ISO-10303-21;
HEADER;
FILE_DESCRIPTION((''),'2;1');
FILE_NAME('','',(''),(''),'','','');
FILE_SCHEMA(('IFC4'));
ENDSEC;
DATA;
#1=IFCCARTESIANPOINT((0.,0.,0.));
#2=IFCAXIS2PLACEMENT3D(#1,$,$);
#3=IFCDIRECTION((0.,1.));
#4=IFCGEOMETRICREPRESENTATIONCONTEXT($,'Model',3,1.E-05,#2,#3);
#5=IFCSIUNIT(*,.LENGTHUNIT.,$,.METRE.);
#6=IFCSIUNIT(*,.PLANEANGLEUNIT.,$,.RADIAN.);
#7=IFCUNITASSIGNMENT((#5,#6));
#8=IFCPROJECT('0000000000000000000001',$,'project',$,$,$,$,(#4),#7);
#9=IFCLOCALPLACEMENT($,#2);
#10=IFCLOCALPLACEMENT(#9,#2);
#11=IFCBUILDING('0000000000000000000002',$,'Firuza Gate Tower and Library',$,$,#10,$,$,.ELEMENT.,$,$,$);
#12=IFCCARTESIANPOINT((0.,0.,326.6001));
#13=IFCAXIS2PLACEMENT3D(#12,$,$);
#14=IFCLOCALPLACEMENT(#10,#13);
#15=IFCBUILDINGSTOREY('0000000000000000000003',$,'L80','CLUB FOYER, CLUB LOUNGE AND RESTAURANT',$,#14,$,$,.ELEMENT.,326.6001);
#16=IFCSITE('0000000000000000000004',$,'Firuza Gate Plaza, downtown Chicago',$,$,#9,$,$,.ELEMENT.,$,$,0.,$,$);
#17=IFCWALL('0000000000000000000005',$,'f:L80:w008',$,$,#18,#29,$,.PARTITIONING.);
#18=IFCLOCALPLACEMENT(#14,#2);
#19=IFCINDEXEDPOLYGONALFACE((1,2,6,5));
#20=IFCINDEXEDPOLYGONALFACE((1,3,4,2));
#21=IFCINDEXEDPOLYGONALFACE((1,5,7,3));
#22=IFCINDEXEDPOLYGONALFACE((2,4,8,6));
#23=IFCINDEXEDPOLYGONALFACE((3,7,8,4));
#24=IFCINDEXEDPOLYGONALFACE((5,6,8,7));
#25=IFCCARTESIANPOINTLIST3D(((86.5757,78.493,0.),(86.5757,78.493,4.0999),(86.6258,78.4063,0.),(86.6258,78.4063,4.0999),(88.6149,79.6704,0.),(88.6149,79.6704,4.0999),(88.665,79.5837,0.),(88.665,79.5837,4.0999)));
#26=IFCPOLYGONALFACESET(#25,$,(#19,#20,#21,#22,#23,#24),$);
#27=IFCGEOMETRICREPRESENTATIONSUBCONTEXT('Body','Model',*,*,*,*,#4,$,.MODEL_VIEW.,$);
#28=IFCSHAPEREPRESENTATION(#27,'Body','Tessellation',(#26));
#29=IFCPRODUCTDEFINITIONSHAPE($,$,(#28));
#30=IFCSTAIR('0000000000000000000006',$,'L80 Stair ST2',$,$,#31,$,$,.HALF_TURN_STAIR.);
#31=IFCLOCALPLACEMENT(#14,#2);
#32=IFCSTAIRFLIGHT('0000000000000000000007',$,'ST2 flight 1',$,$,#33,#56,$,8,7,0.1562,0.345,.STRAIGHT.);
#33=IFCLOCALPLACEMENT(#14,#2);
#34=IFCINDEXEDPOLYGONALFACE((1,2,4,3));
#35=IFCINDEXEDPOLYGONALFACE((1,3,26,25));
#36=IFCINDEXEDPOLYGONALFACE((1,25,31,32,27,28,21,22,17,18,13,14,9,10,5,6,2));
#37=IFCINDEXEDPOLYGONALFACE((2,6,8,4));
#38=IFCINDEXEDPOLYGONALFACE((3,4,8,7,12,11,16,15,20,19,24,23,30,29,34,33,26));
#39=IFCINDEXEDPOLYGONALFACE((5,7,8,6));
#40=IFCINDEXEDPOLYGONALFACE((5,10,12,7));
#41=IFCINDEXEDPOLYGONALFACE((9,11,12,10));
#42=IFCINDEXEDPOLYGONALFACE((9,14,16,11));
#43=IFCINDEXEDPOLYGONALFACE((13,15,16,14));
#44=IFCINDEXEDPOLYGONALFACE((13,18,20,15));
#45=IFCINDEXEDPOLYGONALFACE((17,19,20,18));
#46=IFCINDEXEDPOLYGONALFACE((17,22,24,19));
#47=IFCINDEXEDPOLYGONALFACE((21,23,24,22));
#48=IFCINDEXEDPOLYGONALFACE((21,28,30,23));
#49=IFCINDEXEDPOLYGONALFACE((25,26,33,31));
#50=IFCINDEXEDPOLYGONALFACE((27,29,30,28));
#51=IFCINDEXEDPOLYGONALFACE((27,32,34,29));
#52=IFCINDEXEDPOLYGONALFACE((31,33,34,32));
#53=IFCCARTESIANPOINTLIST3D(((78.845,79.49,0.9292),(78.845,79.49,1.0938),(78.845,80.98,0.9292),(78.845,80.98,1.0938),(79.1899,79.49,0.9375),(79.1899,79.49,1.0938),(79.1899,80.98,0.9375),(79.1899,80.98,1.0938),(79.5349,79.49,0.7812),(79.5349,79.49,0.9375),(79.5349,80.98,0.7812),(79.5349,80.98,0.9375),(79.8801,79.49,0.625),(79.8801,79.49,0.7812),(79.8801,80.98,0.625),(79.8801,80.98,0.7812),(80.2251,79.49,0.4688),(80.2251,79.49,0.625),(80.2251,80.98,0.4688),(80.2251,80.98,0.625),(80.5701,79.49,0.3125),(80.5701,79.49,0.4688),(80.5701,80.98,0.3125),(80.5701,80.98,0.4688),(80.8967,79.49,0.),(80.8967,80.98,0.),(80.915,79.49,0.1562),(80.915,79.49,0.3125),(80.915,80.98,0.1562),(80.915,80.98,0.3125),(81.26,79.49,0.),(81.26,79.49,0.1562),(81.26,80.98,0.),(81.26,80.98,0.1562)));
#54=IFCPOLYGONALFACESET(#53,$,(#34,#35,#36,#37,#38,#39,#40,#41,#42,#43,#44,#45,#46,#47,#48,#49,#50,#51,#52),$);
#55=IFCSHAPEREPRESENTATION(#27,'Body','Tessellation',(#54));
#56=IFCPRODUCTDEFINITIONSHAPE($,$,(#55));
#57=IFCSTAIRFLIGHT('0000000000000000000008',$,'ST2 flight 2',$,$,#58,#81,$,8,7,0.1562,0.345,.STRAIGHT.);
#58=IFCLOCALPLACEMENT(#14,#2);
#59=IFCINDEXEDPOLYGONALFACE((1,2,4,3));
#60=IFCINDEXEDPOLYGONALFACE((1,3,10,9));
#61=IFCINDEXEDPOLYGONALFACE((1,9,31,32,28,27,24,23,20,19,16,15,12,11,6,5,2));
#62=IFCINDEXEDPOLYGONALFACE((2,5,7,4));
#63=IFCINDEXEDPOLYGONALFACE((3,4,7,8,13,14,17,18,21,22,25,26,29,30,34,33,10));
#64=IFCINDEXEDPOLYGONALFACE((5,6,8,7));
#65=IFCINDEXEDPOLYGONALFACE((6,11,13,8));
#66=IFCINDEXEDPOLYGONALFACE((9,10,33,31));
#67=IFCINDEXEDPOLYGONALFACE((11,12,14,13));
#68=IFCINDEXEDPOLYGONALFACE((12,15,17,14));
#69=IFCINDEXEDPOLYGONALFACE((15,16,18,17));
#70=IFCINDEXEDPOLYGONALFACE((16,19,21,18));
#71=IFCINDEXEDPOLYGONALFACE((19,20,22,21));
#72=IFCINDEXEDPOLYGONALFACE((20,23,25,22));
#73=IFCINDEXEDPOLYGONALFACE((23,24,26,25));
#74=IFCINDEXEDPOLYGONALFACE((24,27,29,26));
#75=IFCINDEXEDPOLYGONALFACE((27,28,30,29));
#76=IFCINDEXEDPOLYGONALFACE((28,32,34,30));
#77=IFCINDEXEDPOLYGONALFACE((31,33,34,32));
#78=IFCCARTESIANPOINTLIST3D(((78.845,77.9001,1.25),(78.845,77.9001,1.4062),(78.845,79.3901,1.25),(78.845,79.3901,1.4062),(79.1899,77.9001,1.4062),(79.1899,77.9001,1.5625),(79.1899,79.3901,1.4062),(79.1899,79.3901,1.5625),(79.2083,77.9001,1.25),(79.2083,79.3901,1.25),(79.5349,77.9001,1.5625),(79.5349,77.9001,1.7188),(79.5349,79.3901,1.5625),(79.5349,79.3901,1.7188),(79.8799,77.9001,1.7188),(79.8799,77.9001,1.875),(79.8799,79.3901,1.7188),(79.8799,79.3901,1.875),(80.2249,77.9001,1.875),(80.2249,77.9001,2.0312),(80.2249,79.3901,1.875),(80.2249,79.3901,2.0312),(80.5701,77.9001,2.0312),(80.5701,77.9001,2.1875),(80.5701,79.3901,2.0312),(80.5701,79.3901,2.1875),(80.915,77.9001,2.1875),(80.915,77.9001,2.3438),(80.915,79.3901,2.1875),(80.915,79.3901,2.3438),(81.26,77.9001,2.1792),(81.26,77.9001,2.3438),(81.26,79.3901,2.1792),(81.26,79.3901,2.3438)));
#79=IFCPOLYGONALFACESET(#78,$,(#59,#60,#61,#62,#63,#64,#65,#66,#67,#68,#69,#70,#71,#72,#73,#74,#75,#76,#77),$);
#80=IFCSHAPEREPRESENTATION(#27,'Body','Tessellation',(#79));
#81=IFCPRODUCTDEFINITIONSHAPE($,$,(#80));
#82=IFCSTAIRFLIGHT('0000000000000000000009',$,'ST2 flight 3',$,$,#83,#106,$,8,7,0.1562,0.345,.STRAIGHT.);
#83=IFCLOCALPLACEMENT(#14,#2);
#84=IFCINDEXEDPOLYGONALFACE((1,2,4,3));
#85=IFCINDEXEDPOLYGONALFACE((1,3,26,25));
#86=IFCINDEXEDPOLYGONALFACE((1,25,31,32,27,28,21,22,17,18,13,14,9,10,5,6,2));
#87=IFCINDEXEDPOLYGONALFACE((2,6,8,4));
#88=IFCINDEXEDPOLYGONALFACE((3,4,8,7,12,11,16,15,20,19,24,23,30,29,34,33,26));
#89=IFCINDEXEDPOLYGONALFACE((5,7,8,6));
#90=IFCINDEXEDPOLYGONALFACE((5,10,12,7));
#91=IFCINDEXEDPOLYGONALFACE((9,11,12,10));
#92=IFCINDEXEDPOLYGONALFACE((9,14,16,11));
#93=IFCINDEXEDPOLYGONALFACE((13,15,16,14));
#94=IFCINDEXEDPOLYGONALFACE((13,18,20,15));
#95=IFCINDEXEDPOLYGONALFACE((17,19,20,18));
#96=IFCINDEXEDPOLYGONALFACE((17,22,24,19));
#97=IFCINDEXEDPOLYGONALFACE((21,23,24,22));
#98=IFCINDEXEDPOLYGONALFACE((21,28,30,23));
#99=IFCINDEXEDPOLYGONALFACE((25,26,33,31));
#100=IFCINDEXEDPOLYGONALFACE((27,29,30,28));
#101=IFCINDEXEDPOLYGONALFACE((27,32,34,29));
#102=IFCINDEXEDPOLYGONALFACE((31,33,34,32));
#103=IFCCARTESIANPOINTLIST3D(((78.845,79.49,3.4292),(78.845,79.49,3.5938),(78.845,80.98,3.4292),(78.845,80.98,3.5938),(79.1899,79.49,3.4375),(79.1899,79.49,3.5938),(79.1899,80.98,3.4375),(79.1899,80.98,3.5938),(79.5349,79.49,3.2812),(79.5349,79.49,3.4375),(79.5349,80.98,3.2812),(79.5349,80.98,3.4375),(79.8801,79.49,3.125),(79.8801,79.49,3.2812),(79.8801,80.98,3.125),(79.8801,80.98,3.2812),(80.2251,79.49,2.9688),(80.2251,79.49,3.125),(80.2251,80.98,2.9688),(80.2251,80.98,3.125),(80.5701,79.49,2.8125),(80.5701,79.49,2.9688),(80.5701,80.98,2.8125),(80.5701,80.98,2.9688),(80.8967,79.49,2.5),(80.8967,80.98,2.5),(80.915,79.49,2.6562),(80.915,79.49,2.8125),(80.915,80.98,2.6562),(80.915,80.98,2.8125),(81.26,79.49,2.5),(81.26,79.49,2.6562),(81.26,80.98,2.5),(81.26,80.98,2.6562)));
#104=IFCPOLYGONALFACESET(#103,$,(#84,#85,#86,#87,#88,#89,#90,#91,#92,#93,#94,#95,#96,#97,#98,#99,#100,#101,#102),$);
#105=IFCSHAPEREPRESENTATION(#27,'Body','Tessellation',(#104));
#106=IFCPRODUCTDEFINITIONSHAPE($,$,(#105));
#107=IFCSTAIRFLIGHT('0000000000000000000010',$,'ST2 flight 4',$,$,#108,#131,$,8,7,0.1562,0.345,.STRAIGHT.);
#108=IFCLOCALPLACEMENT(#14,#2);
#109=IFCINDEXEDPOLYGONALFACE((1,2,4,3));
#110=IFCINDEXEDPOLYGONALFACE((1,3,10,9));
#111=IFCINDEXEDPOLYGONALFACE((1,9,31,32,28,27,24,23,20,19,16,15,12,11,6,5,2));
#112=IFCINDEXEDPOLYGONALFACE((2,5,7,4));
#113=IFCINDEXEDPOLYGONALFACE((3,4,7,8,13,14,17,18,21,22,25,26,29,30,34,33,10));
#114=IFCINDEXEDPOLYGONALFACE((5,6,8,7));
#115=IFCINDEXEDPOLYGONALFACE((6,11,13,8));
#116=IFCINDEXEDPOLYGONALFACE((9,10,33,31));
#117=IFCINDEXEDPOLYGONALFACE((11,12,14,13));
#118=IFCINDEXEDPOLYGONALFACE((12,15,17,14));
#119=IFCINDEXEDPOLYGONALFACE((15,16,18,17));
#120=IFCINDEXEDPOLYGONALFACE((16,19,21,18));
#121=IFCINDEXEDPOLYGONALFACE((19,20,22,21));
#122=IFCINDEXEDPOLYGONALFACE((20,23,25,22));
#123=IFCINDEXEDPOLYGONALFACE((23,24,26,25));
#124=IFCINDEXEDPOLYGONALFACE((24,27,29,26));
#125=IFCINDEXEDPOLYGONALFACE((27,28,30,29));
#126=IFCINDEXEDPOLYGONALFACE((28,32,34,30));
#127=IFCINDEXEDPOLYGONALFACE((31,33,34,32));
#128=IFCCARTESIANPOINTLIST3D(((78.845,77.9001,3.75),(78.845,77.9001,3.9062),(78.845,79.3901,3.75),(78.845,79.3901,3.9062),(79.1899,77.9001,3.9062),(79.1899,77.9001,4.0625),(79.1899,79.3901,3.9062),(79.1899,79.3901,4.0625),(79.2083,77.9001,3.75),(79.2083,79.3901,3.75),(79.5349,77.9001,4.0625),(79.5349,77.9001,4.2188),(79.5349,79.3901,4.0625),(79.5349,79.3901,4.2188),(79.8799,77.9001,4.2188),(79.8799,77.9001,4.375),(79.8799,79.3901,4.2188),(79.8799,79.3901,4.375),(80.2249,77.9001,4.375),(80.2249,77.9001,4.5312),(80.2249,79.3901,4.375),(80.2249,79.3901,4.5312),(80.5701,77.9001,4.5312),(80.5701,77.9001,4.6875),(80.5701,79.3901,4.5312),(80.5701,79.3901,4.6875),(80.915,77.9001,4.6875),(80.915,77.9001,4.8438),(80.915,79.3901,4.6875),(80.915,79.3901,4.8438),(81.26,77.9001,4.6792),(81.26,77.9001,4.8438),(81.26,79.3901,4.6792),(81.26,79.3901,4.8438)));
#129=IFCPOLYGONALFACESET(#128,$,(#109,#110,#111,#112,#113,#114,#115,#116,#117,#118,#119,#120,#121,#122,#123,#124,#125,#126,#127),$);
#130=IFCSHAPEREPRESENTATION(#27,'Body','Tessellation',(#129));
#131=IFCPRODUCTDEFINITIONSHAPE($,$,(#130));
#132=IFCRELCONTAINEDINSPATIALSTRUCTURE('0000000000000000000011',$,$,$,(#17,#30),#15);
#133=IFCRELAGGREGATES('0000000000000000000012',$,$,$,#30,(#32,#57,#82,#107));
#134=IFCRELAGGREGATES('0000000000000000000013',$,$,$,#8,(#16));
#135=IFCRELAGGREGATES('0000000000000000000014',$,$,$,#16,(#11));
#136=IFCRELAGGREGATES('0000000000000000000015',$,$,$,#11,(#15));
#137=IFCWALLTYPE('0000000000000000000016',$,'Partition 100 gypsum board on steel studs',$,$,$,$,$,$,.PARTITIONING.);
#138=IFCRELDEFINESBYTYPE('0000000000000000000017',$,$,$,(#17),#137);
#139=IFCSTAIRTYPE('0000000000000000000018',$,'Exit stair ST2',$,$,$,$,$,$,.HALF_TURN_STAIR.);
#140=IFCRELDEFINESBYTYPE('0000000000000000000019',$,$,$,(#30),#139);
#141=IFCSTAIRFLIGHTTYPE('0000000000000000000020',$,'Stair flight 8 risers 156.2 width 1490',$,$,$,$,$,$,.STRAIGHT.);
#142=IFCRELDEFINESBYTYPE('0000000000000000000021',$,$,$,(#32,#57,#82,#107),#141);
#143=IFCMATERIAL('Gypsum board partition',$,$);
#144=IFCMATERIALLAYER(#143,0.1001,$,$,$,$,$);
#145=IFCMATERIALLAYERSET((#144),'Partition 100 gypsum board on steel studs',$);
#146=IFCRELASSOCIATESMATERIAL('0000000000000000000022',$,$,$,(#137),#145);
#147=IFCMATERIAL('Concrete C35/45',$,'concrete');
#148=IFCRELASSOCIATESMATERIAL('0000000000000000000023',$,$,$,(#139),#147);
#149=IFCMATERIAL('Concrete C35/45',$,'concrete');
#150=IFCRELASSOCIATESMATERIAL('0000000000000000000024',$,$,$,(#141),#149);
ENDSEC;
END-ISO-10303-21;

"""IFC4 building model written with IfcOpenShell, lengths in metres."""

from ifc_helpers import new_model, si_unit, direction, frame, frame_2d, origin, place, context, subcontext, project, spatial, polyline, rectangle, outline, extrude, material, layer, layer_set, type_object, element, aggregate, save


model = new_model("IFC4")

# Units and contexts
model_context = context("Model", 3, precision=1e-05, world=origin(), true_north=direction((0.0, 1.0)))
body_context = subcontext(model_context, "Body", "Model", "MODEL_VIEW")
ifc_project = project(units=[si_unit("LENGTHUNIT", "METRE"), si_unit("PLANEANGLEUNIT", "RADIAN")], contexts=[model_context])

# Site, building, storey
site_placement = place(None, origin())
site = spatial("IfcSite", under=ifc_project, at=site_placement, Name="Firuza Gate Plaza, downtown Chicago", CompositionType="ELEMENT", RefElevation=0.0)
building_placement = place(site_placement, origin())
building = spatial("IfcBuilding", under=site, at=building_placement, Name="Firuza Gate Tower and Library", CompositionType="ELEMENT")
storey_placement = place(building_placement, frame((0.0, 0.0, 326.6001)))
storey = spatial("IfcBuildingStorey", under=building, at=storey_placement, Name="L80", Description="CLUB FOYER, CLUB LOUNGE AND RESTAURANT", CompositionType="ELEMENT", Elevation=326.6001)

# Wall
ifc_material_1 = material(Name="Gypsum board partition")
ifc_layer_1 = layer(ifc_material_1, 0.1001)
ifc_layer_set_1 = layer_set([ifc_layer_1], Name="Partition 100 gypsum board on steel studs")
wall_type_1 = type_object("IfcWallType", Name="Partition 100 gypsum board on steel studs", PredefinedType="PARTITIONING", material=ifc_layer_set_1)
wall_1_placement = place(storey_placement, frame((86.6008, 78.4497, 0.0), z_axis=(0.0, 0.0, 1.0), x_axis=(0.866008, 0.500031, 0.0)))
element("IfcWall", 1, at=wall_1_placement, inside=storey, type_object=wall_type_1, Name="f:L80:w008", PredefinedType="PARTITIONING", context=body_context, shape_type="SweptSolid", body=[
    extrude(rectangle(XDim=2.3547, YDim=0.1001, at=frame_2d((1.1772, 0.0))), origin(), (0.0, 0.0, 1.0), 4.0999),
])

# Stair, stair flights
ifc_material_2 = material(Name="Concrete C35/45", Category="concrete")
stair_type = type_object("IfcStairType", Name="Exit stair ST2", PredefinedType="HALF_TURN_STAIR", material=ifc_material_2)
stair_placement = place(storey_placement, origin())
stair = element("IfcStair", 2, at=stair_placement, inside=storey, type_object=stair_type, Name="L80 Stair ST2", PredefinedType="HALF_TURN_STAIR")
ifc_material_3 = material(Name="Concrete C35/45", Category="concrete")
stair_flight_type = type_object("IfcStairFlightType", Name="Stair flight 8 risers 156.2 width 1490", PredefinedType="STRAIGHT", material=ifc_material_3)
stair_flight_1_placement = place(storey_placement, frame((81.26, 80.2351, 0.0), z_axis=(0.0, 0.0, 1.0), x_axis=(-1.0, 0.0, 0.0)))
stair_flight_1 = element("IfcStairFlight", 3, at=stair_flight_1_placement, type_object=stair_flight_type, Name="ST2 flight 1", NumberOfRisers=8, NumberOfTreads=7, PredefinedType="STRAIGHT", RiserHeight=0.1562, TreadLength=0.345, context=body_context, shape_type="SweptSolid", body=[
    extrude(outline(polyline([(0.0, 0.0), (0.0, 0.1562), (0.345, 0.1562), (0.345, 0.3125), (0.6899, 0.3125), (0.6899, 0.4688), (1.0349, 0.4688), (1.0349, 0.625), (1.3799, 0.625), (1.3799, 0.7812), (1.7251, 0.7812), (1.7251, 0.9375), (2.0701, 0.9375), (2.0701, 1.0938), (2.415, 1.0938), (2.415, 1.25), (2.415, 0.9292), (0.3633, 0.0), (0.0, 0.0)])), frame((0.0, 0.7451, 0.0), z_axis=(0.0, -1.0, 0.0), x_axis=(1.0, 0.0, 0.0)), (0.0, 0.0, 1.0), 1.49),
])
stair_flight_2_placement = place(storey_placement, frame((78.845, 78.645, 1.25), z_axis=(0.0, 0.0, 1.0), x_axis=(1.0, 0.0, 0.0)))
stair_flight_2 = element("IfcStairFlight", 4, at=stair_flight_2_placement, type_object=stair_flight_type, Name="ST2 flight 2", NumberOfRisers=8, NumberOfTreads=7, PredefinedType="STRAIGHT", RiserHeight=0.1562, TreadLength=0.345, context=body_context, shape_type="SweptSolid", body=[
    extrude(outline(polyline([(0.0, 0.0), (0.0, 0.1562), (0.345, 0.1562), (0.345, 0.3125), (0.6899, 0.3125), (0.6899, 0.4688), (1.0349, 0.4688), (1.0349, 0.625), (1.3799, 0.625), (1.3799, 0.7812), (1.7251, 0.7812), (1.7251, 0.9375), (2.0701, 0.9375), (2.0701, 1.0938), (2.415, 1.0938), (2.415, 1.25), (2.415, 0.9292), (0.3633, 0.0), (0.0, 0.0)])), frame((0.0, 0.7451, 0.0), z_axis=(0.0, -1.0, 0.0), x_axis=(1.0, 0.0, 0.0)), (0.0, 0.0, 1.0), 1.49),
])
stair_flight_3_placement = place(storey_placement, frame((81.26, 80.2351, 2.5), z_axis=(0.0, 0.0, 1.0), x_axis=(-1.0, 0.0, 0.0)))
stair_flight_3 = element("IfcStairFlight", 5, at=stair_flight_3_placement, type_object=stair_flight_type, Name="ST2 flight 3", NumberOfRisers=8, NumberOfTreads=7, PredefinedType="STRAIGHT", RiserHeight=0.1562, TreadLength=0.345, context=body_context, shape_type="SweptSolid", body=[
    extrude(outline(polyline([(0.0, 0.0), (0.0, 0.1562), (0.345, 0.1562), (0.345, 0.3125), (0.6899, 0.3125), (0.6899, 0.4688), (1.0349, 0.4688), (1.0349, 0.625), (1.3799, 0.625), (1.3799, 0.7812), (1.7251, 0.7812), (1.7251, 0.9375), (2.0701, 0.9375), (2.0701, 1.0938), (2.415, 1.0938), (2.415, 1.25), (2.415, 0.9292), (0.3633, 0.0), (0.0, 0.0)])), frame((0.0, 0.7451, 0.0), z_axis=(0.0, -1.0, 0.0), x_axis=(1.0, 0.0, 0.0)), (0.0, 0.0, 1.0), 1.49),
])
stair_flight_4_placement = place(storey_placement, frame((78.845, 78.645, 3.75), z_axis=(0.0, 0.0, 1.0), x_axis=(1.0, 0.0, 0.0)))
stair_flight_4 = element("IfcStairFlight", 6, at=stair_flight_4_placement, type_object=stair_flight_type, Name="ST2 flight 4", NumberOfRisers=8, NumberOfTreads=7, PredefinedType="STRAIGHT", RiserHeight=0.1562, TreadLength=0.345, context=body_context, shape_type="SweptSolid", body=[
    extrude(outline(polyline([(0.0, 0.0), (0.0, 0.1562), (0.345, 0.1562), (0.345, 0.3125), (0.6899, 0.3125), (0.6899, 0.4688), (1.0349, 0.4688), (1.0349, 0.625), (1.3799, 0.625), (1.3799, 0.7812), (1.7251, 0.7812), (1.7251, 0.9375), (2.0701, 0.9375), (2.0701, 1.0938), (2.415, 1.0938), (2.415, 1.25), (2.415, 0.9292), (0.3633, 0.0), (0.0, 0.0)])), frame((0.0, 0.7451, 0.0), z_axis=(0.0, -1.0, 0.0), x_axis=(1.0, 0.0, 0.0)), (0.0, 0.0, 1.0), 1.49),
])
aggregate(stair, [stair_flight_1, stair_flight_2, stair_flight_3, stair_flight_4])

save(model, "model.ifc")
